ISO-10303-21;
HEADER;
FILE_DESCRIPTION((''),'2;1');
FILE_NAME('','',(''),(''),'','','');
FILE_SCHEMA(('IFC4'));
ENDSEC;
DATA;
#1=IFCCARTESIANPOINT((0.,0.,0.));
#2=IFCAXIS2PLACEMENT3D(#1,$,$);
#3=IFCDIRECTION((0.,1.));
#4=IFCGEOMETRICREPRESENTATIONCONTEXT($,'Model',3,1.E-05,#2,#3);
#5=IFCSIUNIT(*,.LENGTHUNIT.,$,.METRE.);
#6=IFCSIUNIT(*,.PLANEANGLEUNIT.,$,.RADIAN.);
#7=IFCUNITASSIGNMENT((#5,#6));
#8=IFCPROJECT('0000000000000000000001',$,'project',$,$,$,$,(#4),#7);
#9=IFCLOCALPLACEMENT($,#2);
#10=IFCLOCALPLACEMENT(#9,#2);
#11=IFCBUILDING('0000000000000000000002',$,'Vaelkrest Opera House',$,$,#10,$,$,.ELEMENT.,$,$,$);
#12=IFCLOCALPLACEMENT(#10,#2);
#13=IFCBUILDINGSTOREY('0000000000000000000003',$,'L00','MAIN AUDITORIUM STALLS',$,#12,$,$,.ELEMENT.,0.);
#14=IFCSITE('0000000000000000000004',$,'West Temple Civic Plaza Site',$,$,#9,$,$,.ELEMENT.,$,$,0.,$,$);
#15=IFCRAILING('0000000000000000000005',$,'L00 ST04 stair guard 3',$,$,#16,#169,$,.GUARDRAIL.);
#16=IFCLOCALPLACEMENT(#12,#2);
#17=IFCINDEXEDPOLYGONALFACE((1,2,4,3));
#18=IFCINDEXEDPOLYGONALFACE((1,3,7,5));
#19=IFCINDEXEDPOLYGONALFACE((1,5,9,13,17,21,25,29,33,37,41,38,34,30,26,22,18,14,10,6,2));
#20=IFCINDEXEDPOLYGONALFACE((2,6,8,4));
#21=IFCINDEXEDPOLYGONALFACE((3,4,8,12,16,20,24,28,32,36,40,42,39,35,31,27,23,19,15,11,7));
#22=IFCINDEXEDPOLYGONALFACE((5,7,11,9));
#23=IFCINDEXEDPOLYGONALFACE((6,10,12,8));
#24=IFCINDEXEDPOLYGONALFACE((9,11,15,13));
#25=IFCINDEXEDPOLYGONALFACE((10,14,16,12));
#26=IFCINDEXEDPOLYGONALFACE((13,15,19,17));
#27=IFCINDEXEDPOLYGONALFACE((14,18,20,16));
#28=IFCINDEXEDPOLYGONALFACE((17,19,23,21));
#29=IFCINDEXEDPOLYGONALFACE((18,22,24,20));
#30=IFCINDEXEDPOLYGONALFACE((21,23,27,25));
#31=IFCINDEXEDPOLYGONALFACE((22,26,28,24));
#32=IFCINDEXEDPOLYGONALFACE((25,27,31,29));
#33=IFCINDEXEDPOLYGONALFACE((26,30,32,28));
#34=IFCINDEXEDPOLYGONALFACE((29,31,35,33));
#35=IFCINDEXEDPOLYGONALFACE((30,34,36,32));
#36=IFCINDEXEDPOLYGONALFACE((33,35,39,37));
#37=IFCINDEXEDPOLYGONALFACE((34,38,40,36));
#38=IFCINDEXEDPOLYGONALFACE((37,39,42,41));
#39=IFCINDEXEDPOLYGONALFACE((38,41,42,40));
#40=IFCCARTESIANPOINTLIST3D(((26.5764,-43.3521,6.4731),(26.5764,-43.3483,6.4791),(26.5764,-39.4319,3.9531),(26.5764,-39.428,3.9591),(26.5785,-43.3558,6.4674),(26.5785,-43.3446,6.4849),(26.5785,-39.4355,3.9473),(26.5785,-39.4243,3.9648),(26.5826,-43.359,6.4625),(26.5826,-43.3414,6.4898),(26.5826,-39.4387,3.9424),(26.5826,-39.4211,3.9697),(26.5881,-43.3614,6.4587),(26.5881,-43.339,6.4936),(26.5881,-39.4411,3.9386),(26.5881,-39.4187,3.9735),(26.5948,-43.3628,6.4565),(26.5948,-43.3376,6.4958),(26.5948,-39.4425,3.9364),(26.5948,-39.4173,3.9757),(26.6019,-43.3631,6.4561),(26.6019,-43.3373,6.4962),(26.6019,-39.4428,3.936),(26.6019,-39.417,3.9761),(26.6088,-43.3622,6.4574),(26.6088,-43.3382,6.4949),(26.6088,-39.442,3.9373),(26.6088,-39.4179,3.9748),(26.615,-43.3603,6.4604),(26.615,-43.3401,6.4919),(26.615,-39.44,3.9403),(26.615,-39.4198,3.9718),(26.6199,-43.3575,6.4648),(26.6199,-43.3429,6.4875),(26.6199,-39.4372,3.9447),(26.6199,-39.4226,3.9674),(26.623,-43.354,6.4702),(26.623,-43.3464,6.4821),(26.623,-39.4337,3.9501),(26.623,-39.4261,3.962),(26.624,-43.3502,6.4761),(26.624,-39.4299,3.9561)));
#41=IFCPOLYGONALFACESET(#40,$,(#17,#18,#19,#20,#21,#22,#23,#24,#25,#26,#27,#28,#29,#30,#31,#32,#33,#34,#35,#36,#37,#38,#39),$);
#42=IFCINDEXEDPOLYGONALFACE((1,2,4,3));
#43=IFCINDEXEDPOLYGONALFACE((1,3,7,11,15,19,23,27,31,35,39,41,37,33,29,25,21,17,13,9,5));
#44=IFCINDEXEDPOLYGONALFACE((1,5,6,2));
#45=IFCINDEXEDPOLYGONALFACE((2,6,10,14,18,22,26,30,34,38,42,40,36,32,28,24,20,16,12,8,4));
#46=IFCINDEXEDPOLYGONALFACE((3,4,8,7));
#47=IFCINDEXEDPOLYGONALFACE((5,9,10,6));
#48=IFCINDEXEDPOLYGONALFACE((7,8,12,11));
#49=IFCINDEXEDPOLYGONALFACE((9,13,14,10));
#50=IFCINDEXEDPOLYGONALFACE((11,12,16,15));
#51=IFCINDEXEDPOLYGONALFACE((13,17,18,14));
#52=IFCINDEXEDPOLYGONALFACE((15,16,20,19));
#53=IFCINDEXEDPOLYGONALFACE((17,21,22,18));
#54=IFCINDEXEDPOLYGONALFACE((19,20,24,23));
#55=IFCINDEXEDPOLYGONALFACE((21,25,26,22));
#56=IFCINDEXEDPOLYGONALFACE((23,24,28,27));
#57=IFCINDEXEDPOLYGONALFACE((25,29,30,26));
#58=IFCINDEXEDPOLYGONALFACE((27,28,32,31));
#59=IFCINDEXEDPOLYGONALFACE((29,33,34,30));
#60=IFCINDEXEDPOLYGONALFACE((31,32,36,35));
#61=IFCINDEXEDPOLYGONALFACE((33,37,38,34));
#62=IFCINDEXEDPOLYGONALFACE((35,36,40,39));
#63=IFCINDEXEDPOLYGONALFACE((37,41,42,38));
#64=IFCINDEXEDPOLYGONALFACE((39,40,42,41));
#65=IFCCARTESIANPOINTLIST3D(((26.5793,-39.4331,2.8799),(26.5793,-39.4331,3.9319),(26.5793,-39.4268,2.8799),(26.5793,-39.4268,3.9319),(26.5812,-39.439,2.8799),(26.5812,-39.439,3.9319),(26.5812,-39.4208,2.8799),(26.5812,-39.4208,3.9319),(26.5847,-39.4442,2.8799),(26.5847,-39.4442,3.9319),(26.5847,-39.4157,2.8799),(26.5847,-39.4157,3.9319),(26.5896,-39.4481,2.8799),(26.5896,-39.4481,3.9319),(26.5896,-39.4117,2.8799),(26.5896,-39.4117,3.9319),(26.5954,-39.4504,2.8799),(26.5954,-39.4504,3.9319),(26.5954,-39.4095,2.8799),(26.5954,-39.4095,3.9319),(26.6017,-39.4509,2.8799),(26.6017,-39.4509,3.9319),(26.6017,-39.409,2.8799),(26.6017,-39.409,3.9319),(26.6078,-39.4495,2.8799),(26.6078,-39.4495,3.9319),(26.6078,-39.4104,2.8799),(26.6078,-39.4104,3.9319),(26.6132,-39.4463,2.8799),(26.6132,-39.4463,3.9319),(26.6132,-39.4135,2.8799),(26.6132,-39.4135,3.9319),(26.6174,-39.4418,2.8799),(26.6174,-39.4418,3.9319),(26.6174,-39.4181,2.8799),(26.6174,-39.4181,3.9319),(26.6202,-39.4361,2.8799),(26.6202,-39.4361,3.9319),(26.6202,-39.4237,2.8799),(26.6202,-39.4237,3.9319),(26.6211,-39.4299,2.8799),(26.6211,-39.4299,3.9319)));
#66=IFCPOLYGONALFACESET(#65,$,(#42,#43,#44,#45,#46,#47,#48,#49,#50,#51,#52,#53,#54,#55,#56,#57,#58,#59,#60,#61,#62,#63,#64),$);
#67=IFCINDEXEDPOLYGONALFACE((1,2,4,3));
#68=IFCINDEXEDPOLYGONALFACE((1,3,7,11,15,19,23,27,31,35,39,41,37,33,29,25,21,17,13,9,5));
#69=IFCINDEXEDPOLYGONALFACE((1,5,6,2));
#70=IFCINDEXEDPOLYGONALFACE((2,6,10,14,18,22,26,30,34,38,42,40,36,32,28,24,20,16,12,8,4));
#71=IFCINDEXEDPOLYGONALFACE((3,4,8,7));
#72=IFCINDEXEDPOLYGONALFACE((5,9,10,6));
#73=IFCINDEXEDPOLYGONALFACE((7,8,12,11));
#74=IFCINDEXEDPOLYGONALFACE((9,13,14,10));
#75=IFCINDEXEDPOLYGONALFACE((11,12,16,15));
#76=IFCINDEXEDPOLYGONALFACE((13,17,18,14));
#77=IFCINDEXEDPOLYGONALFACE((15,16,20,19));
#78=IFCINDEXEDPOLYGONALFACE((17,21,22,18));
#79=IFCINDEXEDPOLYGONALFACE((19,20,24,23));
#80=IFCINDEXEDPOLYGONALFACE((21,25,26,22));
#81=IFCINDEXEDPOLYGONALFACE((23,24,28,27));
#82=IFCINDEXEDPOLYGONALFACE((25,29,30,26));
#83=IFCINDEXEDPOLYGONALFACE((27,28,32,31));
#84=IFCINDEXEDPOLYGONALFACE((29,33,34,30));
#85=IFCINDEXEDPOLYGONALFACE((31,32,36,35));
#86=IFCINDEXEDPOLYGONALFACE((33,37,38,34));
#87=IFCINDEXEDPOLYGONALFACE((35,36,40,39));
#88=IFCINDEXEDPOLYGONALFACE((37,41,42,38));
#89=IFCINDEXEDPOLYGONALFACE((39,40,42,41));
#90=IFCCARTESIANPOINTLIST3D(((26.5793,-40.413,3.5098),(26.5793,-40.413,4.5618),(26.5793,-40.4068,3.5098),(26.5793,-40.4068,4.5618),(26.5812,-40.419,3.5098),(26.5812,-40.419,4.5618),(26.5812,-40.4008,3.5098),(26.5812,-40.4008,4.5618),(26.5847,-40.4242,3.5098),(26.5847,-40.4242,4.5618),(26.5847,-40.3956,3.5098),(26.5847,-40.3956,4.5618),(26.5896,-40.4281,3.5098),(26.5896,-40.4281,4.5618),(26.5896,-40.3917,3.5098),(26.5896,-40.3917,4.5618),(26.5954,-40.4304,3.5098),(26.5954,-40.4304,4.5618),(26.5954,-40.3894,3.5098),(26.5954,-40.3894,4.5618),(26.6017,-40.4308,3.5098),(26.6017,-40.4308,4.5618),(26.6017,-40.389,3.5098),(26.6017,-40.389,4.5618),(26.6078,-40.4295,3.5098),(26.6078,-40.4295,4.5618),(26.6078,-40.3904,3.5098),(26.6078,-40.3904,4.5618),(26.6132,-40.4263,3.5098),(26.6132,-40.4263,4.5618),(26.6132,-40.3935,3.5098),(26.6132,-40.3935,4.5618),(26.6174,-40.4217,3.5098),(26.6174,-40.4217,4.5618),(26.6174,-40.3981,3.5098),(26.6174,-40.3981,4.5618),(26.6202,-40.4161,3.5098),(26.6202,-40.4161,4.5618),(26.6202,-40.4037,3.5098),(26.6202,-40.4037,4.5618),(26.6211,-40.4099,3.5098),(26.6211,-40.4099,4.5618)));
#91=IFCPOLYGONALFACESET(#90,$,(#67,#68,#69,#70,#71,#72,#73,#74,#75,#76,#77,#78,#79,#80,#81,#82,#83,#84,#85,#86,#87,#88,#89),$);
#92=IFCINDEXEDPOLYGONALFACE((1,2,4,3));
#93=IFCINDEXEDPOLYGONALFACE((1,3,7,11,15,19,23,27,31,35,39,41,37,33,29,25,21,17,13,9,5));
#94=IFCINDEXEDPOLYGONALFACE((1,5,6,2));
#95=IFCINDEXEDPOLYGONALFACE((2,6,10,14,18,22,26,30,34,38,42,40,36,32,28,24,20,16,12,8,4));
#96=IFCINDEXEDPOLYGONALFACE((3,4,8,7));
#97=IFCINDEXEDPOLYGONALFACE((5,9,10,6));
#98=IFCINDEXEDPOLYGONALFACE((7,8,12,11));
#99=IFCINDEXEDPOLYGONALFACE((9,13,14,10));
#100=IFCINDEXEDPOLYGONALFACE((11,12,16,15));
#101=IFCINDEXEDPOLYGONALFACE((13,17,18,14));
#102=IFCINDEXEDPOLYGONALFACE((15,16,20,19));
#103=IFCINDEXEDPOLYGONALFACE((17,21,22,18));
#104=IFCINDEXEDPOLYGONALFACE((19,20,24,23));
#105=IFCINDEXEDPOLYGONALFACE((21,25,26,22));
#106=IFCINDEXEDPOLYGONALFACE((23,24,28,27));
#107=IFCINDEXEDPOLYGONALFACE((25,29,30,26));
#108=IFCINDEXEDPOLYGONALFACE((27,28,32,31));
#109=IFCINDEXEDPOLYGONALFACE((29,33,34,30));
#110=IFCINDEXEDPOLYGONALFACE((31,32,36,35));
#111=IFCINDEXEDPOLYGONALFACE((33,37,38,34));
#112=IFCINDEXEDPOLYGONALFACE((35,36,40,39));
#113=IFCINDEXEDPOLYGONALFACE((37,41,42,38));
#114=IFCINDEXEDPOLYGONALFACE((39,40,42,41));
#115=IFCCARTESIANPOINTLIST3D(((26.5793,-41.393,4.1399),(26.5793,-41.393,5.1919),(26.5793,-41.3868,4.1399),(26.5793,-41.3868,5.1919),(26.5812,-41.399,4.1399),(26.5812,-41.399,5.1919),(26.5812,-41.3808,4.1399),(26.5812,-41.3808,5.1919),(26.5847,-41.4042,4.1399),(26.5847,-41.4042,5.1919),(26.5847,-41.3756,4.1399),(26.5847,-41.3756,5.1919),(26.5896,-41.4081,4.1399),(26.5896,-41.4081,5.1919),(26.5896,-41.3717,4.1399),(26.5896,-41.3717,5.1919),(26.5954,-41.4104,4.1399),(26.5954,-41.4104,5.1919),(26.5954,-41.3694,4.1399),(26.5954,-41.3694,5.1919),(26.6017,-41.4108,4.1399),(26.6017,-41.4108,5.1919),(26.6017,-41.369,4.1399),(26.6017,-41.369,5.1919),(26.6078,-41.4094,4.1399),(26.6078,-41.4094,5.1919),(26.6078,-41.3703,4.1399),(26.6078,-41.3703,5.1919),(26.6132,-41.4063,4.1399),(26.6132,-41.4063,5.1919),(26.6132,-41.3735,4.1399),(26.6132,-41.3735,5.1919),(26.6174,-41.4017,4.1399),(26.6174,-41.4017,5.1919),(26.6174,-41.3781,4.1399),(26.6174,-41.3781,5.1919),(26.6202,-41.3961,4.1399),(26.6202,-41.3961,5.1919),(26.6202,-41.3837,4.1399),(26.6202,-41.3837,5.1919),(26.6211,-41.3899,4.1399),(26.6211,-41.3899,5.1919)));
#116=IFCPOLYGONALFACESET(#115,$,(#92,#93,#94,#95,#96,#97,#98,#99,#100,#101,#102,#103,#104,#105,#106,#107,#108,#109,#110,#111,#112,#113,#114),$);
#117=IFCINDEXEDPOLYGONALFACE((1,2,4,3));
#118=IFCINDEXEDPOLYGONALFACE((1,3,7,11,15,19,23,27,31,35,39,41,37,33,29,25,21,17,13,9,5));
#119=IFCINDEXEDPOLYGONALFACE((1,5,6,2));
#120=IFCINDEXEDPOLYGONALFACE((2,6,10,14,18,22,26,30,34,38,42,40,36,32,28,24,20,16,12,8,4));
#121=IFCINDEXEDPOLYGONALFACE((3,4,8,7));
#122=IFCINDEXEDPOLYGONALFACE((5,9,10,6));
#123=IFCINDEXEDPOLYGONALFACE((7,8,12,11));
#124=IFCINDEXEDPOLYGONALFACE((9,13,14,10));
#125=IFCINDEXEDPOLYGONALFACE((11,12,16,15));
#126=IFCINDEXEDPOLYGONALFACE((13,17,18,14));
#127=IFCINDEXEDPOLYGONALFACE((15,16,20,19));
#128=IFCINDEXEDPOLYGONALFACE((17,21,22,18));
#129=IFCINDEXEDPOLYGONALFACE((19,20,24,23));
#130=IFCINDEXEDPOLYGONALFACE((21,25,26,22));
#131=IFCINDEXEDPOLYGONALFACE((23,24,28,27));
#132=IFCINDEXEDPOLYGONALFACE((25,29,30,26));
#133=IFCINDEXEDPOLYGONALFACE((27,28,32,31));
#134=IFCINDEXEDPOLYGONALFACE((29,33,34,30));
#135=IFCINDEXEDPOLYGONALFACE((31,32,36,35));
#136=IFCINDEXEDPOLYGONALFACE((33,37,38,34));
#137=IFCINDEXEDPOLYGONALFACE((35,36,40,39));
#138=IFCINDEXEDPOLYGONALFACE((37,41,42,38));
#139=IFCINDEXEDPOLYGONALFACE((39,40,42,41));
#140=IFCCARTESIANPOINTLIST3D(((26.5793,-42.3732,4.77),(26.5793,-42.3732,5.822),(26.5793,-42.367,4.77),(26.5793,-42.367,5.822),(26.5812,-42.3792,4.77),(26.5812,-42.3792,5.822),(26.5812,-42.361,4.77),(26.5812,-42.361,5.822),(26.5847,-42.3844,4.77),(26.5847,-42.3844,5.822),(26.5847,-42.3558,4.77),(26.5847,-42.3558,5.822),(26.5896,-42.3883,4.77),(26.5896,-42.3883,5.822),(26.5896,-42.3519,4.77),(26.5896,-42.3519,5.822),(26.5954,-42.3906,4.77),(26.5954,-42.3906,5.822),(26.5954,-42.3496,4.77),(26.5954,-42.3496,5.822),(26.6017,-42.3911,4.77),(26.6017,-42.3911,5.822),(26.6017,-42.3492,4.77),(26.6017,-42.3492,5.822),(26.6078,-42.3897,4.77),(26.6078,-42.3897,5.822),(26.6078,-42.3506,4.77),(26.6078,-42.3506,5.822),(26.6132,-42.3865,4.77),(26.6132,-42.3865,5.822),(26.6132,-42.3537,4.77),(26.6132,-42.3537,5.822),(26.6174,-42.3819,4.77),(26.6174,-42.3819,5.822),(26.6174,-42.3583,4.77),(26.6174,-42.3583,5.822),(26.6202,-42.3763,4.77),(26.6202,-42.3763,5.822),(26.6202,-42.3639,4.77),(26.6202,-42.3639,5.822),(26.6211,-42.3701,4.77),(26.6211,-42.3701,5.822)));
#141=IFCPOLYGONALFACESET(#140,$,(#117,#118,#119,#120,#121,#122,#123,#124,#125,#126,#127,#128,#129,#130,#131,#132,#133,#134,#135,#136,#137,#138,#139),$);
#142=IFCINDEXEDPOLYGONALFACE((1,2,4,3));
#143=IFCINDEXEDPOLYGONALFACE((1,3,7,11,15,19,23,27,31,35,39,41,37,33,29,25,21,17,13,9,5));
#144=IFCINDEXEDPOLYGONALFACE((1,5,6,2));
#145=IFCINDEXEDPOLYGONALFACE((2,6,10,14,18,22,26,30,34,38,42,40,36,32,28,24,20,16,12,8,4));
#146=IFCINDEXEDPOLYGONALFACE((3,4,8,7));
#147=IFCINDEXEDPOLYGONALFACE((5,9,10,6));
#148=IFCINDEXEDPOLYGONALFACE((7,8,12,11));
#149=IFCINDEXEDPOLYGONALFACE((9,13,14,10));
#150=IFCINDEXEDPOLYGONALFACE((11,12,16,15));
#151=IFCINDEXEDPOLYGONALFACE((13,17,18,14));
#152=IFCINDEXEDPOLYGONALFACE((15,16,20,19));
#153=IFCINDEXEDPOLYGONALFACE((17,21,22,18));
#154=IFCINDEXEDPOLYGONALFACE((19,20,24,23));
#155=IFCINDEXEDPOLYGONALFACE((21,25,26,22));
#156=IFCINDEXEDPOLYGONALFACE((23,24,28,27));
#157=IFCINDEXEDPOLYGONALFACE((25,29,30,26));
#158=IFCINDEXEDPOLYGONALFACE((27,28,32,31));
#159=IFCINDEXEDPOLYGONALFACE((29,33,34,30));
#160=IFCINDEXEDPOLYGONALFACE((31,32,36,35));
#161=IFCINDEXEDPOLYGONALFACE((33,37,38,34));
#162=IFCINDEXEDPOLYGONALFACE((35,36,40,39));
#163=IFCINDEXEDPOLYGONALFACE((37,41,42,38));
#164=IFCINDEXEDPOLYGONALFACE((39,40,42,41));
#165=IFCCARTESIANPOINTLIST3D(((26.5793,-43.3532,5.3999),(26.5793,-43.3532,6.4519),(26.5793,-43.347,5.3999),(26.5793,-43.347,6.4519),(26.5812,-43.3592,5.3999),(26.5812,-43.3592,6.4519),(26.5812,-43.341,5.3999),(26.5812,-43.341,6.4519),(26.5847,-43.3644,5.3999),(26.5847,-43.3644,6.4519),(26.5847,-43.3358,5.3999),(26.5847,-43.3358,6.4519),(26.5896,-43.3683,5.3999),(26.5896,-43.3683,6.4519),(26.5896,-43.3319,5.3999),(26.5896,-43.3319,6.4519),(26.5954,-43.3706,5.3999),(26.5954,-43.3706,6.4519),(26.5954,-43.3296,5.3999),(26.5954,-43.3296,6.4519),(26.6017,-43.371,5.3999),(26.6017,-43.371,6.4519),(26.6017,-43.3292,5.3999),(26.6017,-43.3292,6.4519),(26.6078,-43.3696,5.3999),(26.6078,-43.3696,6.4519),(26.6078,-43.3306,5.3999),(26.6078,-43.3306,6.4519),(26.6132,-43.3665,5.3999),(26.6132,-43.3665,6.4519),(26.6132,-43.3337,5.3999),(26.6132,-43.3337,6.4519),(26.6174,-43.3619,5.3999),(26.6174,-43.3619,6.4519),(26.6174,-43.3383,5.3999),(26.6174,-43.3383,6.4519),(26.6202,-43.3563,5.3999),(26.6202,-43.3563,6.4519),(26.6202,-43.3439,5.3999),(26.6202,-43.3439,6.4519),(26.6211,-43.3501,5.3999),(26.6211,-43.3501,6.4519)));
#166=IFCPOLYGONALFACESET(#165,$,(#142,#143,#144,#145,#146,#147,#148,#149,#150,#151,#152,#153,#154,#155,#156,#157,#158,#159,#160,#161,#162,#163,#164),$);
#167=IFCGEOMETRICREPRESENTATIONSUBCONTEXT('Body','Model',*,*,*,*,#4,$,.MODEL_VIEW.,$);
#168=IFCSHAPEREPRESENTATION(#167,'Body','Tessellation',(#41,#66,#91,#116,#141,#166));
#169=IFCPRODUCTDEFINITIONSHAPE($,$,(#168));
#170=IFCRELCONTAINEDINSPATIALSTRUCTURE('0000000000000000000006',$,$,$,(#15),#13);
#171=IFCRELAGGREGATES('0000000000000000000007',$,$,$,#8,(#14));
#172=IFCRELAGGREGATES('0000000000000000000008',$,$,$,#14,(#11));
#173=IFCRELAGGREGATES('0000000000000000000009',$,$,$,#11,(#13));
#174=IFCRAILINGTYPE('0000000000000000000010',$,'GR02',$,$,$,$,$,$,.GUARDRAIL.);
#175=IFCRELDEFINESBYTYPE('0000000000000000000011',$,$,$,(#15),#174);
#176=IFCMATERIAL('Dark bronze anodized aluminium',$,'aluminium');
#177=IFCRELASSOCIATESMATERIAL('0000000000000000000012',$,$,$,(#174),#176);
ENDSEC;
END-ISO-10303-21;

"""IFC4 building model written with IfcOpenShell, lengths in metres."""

from ifc_helpers import new_model, si_unit, direction, frame, origin, origin_2d, place, context, subcontext, project, spatial, circle, extrude, material, type_object, element, save


model = new_model("IFC4")

# Units and contexts
model_context = context("Model", 3, precision=1e-05, world=origin(), true_north=direction((0.0, 1.0)))
body_context = subcontext(model_context, "Body", "Model", "MODEL_VIEW")
ifc_project = project(units=[si_unit("LENGTHUNIT", "METRE"), si_unit("PLANEANGLEUNIT", "RADIAN")], contexts=[model_context])

# Site, building, storey
site_placement = place(None, origin())
site = spatial("IfcSite", under=ifc_project, at=site_placement, Name="West Temple Civic Plaza Site", CompositionType="ELEMENT", RefElevation=0.0)
building_placement = place(site_placement, origin())
building = spatial("IfcBuilding", under=site, at=building_placement, Name="Vaelkrest Opera House", CompositionType="ELEMENT")
storey_placement = place(building_placement, origin())
storey = spatial("IfcBuildingStorey", under=building, at=storey_placement, Name="L00", Description="MAIN AUDITORIUM STALLS", CompositionType="ELEMENT", Elevation=0.0)

# Shared definitions
ifc_material_1 = material(Name="Dark bronze anodized aluminium", Category="aluminium")

# Railing
railing_type_1 = type_object("IfcRailingType", Name="GR02", PredefinedType="GUARDRAIL", material=ifc_material_1)
railing_1_placement = place(storey_placement, frame((26.6001, -39.4299, 2.8799)))
element("IfcRailing", 1, at=railing_1_placement, inside=storey, type_object=railing_type_1, Name="L00 ST04 stair guard 3", PredefinedType="GUARDRAIL", context=body_context, shape_type="SweptSolid", body=[
    extrude(circle(Radius=0.0239, at=origin_2d()), frame((0.0, 0.0, 1.0762), z_axis=(0.0, -0.841187, 0.540744), x_axis=(1.0, 0.0, 0.0)), (0.0, 0.0, 1.0), 4.6604),
    extrude(circle(Radius=0.021, at=origin_2d()), origin(), (0.0, 0.0, 1.0), 1.052),
    extrude(circle(Radius=0.021, at=origin_2d()), frame((0.0, -0.98, 0.6299)), (0.0, 0.0, 1.0), 1.052),
    extrude(circle(Radius=0.021, at=origin_2d()), frame((0.0, -1.96, 1.26)), (0.0, 0.0, 1.0), 1.052),
    extrude(circle(Radius=0.021, at=origin_2d()), frame((0.0, -2.9402, 1.8901)), (0.0, 0.0, 1.0), 1.052),
    extrude(circle(Radius=0.021, at=origin_2d()), frame((0.0, -3.9202, 2.52)), (0.0, 0.0, 1.0), 1.052),
])

save(model, "model.ifc")
